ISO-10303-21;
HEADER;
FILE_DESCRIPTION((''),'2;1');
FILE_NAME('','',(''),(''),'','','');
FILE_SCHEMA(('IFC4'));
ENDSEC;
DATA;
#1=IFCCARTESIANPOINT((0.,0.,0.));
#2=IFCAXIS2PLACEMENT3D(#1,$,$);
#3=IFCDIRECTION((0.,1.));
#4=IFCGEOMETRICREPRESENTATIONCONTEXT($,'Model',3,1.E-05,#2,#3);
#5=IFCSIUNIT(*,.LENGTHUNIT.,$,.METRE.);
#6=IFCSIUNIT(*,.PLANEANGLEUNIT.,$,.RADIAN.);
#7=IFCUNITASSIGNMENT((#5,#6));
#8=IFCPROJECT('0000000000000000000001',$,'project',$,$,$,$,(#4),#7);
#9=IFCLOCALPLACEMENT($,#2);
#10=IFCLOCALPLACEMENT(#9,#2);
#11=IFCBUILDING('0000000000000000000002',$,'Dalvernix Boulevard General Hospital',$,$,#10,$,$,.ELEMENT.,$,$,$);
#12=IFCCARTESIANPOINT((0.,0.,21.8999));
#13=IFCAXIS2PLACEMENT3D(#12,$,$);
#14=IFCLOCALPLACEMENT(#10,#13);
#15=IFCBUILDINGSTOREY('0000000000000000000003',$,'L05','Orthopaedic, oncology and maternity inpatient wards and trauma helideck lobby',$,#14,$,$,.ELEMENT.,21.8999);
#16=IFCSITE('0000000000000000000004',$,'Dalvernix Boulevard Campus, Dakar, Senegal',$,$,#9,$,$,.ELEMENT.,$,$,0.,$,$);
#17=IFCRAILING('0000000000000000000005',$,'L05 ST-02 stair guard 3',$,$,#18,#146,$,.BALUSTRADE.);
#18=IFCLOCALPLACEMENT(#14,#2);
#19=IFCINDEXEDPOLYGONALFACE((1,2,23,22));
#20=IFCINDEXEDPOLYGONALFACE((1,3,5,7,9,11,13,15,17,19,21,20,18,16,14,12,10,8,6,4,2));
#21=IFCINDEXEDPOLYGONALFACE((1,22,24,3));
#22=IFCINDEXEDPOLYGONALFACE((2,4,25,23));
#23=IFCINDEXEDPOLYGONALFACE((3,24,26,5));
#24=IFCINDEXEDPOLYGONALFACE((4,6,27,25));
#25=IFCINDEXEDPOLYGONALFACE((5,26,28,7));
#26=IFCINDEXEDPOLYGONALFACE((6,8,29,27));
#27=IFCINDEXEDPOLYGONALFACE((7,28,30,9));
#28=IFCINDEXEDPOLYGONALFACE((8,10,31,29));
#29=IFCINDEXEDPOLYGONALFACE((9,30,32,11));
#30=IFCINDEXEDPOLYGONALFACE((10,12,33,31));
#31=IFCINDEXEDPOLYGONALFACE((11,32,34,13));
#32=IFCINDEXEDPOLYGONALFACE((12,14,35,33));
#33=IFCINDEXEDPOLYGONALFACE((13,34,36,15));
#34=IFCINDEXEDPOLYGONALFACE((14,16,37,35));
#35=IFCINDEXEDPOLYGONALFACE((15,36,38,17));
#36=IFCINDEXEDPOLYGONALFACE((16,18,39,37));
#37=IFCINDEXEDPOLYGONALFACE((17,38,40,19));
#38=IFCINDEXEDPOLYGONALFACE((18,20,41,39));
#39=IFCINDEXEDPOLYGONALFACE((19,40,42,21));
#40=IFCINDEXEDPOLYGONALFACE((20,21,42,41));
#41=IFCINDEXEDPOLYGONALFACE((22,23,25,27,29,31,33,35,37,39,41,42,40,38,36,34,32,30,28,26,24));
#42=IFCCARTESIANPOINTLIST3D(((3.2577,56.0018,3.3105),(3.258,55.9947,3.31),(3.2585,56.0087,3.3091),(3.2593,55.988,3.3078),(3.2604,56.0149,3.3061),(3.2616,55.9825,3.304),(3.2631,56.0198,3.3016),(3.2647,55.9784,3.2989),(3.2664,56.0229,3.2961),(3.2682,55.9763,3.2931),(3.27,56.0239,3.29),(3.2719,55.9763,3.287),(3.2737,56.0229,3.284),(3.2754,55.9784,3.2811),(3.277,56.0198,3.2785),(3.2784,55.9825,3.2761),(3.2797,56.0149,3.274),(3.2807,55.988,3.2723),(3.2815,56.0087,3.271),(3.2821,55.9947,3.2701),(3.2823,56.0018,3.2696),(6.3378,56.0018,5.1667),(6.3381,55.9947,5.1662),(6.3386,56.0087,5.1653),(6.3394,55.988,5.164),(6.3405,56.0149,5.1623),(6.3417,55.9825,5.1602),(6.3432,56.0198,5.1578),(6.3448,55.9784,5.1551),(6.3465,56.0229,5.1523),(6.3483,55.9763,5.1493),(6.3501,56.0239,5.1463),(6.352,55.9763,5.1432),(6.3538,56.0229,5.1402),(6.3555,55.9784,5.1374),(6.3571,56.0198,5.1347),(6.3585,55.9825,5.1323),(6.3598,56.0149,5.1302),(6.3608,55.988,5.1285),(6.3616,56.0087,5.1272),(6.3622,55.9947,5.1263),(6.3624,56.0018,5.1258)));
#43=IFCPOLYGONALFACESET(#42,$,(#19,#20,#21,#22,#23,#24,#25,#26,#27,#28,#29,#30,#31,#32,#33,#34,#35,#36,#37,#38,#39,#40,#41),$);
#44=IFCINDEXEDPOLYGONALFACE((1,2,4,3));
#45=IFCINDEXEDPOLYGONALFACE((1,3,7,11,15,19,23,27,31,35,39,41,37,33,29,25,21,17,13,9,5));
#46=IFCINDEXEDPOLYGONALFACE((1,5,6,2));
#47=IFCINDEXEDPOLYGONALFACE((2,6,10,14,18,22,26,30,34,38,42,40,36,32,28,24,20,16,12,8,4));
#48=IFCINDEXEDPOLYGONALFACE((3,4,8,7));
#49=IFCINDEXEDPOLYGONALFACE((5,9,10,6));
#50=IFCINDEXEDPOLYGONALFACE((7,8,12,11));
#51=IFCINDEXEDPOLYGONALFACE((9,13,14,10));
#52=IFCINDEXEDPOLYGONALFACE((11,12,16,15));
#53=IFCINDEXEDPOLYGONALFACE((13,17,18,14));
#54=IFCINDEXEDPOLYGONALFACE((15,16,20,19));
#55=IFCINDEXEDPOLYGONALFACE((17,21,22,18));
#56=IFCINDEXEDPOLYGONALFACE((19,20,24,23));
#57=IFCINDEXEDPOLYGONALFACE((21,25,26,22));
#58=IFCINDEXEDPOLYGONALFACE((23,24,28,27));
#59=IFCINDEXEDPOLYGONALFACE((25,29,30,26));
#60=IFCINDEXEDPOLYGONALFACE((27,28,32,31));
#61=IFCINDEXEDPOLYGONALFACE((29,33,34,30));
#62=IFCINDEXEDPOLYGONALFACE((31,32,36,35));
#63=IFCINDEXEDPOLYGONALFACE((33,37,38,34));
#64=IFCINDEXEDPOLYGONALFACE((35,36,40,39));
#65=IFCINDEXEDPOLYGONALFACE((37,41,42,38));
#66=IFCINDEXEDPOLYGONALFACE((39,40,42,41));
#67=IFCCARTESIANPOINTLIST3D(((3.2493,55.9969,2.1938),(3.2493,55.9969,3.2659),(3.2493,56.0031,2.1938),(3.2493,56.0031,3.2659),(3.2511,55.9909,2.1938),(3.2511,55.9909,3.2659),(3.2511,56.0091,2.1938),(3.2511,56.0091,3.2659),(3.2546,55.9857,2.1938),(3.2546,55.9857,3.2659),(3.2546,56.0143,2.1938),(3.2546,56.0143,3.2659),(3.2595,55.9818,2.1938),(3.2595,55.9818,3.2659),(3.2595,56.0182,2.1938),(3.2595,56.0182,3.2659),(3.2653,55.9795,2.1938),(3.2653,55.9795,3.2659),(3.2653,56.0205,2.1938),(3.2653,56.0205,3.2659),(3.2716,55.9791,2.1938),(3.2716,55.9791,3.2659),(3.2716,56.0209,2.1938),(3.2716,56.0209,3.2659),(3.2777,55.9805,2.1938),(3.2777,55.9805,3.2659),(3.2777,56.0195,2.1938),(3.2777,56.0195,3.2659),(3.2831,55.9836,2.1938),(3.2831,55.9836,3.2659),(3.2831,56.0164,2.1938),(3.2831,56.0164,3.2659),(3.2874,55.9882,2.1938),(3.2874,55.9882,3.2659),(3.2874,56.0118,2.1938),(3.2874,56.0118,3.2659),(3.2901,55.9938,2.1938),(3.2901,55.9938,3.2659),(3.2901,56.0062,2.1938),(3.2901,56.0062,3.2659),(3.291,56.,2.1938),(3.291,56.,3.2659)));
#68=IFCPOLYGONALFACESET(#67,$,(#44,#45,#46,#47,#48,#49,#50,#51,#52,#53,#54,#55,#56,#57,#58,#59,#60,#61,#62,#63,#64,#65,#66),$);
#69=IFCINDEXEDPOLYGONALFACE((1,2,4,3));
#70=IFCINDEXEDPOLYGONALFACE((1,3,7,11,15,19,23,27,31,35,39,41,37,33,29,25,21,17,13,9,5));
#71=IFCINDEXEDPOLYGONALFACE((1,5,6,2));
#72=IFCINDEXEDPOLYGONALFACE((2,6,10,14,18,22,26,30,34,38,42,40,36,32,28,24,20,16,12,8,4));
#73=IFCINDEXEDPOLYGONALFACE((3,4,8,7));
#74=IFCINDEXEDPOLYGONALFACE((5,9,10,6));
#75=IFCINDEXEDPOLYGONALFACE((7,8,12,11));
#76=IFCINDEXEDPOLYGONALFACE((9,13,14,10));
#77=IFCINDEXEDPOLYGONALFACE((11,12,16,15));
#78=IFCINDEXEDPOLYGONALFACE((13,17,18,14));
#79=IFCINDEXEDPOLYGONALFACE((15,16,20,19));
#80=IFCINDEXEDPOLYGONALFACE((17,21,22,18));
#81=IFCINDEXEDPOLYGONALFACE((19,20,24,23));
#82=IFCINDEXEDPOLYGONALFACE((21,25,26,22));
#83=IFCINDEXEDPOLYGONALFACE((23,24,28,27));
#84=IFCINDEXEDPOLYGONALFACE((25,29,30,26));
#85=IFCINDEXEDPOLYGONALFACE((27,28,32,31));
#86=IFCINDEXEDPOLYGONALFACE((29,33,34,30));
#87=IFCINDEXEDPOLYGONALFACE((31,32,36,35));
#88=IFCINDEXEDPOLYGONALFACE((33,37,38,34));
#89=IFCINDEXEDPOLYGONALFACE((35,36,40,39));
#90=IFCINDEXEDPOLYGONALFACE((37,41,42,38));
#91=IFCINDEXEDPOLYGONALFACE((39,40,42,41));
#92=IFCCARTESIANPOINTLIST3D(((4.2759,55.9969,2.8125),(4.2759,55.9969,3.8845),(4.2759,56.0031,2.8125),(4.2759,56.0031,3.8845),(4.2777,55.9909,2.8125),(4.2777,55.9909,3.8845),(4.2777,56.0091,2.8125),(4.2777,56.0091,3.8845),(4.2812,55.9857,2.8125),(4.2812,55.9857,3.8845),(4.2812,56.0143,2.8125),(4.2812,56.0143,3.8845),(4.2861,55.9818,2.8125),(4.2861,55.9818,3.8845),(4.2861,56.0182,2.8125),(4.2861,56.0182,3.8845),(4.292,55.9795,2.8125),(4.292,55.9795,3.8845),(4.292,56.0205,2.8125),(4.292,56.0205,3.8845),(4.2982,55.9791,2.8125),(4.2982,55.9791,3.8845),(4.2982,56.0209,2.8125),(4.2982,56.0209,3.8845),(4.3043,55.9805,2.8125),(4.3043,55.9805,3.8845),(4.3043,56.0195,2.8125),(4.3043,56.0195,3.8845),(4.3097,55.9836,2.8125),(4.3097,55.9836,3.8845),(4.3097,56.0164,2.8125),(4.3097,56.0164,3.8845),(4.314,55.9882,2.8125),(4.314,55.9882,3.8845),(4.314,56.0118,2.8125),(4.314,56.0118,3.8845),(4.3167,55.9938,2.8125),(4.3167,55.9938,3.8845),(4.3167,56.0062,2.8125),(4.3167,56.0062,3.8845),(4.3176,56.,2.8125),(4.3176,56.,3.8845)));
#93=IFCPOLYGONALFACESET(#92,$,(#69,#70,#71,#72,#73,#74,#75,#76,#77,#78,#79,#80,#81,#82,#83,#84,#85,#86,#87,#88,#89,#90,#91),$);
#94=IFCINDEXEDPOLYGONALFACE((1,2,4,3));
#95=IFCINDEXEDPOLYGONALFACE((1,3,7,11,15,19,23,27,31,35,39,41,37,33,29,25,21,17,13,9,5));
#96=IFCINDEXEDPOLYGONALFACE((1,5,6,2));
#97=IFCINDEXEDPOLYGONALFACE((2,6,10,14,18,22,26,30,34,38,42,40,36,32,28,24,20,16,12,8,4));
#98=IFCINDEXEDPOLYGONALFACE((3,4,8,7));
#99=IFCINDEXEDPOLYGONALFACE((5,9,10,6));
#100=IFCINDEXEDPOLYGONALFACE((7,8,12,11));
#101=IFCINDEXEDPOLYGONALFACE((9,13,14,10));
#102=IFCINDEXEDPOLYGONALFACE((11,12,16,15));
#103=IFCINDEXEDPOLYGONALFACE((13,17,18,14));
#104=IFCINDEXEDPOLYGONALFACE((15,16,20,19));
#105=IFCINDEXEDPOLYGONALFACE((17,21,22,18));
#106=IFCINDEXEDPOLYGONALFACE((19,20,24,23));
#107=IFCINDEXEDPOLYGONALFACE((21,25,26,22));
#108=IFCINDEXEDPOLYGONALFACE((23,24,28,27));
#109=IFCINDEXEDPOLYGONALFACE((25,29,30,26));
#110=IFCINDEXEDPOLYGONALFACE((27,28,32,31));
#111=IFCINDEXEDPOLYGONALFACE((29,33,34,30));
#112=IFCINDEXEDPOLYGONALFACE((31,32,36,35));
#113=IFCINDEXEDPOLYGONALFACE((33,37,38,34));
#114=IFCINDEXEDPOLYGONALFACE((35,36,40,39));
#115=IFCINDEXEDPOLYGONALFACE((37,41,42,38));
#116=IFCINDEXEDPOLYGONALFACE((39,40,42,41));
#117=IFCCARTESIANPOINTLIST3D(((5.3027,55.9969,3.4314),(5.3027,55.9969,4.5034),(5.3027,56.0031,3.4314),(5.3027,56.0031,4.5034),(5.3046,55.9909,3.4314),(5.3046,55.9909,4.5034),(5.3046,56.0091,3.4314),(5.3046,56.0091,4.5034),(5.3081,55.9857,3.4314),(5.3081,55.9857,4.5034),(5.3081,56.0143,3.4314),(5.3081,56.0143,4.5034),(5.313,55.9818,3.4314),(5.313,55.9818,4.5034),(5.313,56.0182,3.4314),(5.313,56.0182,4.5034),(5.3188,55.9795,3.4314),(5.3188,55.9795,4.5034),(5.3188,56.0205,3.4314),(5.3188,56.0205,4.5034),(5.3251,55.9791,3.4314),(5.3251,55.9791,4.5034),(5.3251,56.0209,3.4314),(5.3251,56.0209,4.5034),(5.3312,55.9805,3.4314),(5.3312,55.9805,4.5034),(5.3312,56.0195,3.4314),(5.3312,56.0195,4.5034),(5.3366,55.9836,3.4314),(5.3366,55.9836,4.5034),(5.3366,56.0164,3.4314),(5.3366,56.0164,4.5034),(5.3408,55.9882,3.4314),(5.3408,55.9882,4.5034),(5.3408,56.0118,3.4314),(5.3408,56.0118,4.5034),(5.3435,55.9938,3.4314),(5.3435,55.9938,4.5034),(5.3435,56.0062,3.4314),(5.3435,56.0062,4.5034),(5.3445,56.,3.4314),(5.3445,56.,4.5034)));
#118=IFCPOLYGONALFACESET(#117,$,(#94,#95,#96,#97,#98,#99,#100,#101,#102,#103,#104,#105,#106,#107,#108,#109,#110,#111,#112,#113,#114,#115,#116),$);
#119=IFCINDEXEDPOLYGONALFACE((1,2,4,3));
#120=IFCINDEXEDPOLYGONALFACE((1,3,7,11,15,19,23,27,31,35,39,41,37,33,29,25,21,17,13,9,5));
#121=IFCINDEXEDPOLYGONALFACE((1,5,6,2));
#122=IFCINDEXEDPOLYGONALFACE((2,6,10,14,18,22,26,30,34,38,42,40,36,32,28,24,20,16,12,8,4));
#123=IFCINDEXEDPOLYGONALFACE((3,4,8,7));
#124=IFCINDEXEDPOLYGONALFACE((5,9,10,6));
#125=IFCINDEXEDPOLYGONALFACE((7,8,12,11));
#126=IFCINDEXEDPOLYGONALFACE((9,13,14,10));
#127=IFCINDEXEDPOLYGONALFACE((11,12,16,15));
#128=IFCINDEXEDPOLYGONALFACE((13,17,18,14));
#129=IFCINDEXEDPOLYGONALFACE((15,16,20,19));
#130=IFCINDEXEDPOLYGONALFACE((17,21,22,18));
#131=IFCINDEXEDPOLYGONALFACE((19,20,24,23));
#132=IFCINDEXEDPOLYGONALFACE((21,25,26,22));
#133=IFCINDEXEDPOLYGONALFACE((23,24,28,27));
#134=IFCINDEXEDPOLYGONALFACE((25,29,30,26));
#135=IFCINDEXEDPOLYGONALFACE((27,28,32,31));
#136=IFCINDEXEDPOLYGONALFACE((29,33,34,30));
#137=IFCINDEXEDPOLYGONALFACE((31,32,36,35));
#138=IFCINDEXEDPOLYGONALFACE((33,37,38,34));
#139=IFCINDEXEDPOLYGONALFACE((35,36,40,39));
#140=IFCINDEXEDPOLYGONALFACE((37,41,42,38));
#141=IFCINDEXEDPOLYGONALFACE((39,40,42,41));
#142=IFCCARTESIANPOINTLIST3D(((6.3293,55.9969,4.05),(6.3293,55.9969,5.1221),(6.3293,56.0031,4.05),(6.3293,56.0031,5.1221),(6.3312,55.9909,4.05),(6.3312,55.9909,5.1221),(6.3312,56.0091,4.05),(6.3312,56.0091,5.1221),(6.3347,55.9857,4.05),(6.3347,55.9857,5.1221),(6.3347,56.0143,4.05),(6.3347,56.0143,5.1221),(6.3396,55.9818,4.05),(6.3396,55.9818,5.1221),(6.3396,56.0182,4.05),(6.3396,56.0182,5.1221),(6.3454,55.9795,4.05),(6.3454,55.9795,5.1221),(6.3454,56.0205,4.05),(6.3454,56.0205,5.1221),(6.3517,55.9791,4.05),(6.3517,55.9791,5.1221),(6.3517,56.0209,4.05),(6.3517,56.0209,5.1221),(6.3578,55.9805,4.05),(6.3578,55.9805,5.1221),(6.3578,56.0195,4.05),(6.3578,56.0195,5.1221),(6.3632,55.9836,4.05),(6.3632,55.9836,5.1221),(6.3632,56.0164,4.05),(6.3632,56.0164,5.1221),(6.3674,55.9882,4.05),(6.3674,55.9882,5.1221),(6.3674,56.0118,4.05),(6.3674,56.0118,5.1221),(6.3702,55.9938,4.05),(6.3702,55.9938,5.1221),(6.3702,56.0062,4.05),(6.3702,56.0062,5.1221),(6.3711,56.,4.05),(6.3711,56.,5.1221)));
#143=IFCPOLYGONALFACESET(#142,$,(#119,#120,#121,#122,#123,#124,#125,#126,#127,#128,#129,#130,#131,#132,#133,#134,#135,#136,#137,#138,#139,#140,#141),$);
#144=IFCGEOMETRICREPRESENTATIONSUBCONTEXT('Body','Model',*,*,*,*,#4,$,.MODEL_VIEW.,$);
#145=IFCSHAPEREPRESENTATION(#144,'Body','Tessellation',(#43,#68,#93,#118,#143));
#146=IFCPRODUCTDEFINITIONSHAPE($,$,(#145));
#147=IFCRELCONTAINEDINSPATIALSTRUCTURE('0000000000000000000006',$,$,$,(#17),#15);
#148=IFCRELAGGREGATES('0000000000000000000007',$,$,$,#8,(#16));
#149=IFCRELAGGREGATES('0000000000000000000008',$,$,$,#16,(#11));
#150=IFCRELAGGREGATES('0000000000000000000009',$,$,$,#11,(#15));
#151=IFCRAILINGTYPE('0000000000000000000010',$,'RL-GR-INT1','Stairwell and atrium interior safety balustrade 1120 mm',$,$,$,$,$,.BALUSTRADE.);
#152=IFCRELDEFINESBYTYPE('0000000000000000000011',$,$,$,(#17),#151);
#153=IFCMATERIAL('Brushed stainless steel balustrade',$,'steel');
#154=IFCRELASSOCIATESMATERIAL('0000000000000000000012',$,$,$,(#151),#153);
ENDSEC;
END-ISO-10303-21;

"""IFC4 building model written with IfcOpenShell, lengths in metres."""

from ifc_helpers import new_model, si_unit, direction, frame, origin, origin_2d, place, context, subcontext, project, spatial, circle, extrude, material, type_object, element, save


model = new_model("IFC4")

# Units and contexts
model_context = context("Model", 3, precision=1e-05, world=origin(), true_north=direction((0.0, 1.0)))
body_context = subcontext(model_context, "Body", "Model", "MODEL_VIEW")
ifc_project = project(units=[si_unit("LENGTHUNIT", "METRE"), si_unit("PLANEANGLEUNIT", "RADIAN")], contexts=[model_context])

# Site, building, storey
site_placement = place(None, origin())
site = spatial("IfcSite", under=ifc_project, at=site_placement, Name="Dalvernix Boulevard Campus, Dakar, Senegal", CompositionType="ELEMENT", RefElevation=0.0)
building_placement = place(site_placement, origin())
building = spatial("IfcBuilding", under=site, at=building_placement, Name="Dalvernix Boulevard General Hospital", CompositionType="ELEMENT")
storey_placement = place(building_placement, frame((0.0, 0.0, 21.8999)))
storey = spatial("IfcBuildingStorey", under=building, at=storey_placement, Name="L05", Description="Orthopaedic, oncology and maternity inpatient wards and trauma helideck lobby", CompositionType="ELEMENT", Elevation=21.8999)

# Railing
ifc_material_1 = material(Name="Brushed stainless steel balustrade", Category="steel")
railing_type_1 = type_object("IfcRailingType", Name="RL-GR-INT1", Description="Stairwell and atrium interior safety balustrade 1120 mm", PredefinedType="BALUSTRADE", material=ifc_material_1)
railing_1_placement = place(storey_placement, frame((3.27, 56.0, 2.1938)))
element("IfcRailing", 1, at=railing_1_placement, inside=storey, type_object=railing_type_1, Name="L05 ST-02 stair guard 3", PredefinedType="BALUSTRADE", context=body_context, shape_type="SweptSolid", body=[
    extrude(circle(Radius=0.0239, at=origin_2d()), frame((0.0, 0.0, 1.0962), z_axis=(0.856491, 0.0, 0.516162), x_axis=(0.0, 1.0, 0.0)), (0.0, 0.0, 1.0), 3.5962),
    extrude(circle(Radius=0.021, at=origin_2d()), origin(), (0.0, 0.0, 1.0), 1.072),
    extrude(circle(Radius=0.021, at=origin_2d()), frame((1.0266, 0.0, 0.6187)), (0.0, 0.0, 1.0), 1.072),
    extrude(circle(Radius=0.021, at=origin_2d()), frame((2.0535, 0.0, 1.2375)), (0.0, 0.0, 1.0), 1.072),
    extrude(circle(Radius=0.021, at=origin_2d()), frame((3.0801, 0.0, 1.8562)), (0.0, 0.0, 1.0), 1.072),
])

save(model, "model.ifc")
